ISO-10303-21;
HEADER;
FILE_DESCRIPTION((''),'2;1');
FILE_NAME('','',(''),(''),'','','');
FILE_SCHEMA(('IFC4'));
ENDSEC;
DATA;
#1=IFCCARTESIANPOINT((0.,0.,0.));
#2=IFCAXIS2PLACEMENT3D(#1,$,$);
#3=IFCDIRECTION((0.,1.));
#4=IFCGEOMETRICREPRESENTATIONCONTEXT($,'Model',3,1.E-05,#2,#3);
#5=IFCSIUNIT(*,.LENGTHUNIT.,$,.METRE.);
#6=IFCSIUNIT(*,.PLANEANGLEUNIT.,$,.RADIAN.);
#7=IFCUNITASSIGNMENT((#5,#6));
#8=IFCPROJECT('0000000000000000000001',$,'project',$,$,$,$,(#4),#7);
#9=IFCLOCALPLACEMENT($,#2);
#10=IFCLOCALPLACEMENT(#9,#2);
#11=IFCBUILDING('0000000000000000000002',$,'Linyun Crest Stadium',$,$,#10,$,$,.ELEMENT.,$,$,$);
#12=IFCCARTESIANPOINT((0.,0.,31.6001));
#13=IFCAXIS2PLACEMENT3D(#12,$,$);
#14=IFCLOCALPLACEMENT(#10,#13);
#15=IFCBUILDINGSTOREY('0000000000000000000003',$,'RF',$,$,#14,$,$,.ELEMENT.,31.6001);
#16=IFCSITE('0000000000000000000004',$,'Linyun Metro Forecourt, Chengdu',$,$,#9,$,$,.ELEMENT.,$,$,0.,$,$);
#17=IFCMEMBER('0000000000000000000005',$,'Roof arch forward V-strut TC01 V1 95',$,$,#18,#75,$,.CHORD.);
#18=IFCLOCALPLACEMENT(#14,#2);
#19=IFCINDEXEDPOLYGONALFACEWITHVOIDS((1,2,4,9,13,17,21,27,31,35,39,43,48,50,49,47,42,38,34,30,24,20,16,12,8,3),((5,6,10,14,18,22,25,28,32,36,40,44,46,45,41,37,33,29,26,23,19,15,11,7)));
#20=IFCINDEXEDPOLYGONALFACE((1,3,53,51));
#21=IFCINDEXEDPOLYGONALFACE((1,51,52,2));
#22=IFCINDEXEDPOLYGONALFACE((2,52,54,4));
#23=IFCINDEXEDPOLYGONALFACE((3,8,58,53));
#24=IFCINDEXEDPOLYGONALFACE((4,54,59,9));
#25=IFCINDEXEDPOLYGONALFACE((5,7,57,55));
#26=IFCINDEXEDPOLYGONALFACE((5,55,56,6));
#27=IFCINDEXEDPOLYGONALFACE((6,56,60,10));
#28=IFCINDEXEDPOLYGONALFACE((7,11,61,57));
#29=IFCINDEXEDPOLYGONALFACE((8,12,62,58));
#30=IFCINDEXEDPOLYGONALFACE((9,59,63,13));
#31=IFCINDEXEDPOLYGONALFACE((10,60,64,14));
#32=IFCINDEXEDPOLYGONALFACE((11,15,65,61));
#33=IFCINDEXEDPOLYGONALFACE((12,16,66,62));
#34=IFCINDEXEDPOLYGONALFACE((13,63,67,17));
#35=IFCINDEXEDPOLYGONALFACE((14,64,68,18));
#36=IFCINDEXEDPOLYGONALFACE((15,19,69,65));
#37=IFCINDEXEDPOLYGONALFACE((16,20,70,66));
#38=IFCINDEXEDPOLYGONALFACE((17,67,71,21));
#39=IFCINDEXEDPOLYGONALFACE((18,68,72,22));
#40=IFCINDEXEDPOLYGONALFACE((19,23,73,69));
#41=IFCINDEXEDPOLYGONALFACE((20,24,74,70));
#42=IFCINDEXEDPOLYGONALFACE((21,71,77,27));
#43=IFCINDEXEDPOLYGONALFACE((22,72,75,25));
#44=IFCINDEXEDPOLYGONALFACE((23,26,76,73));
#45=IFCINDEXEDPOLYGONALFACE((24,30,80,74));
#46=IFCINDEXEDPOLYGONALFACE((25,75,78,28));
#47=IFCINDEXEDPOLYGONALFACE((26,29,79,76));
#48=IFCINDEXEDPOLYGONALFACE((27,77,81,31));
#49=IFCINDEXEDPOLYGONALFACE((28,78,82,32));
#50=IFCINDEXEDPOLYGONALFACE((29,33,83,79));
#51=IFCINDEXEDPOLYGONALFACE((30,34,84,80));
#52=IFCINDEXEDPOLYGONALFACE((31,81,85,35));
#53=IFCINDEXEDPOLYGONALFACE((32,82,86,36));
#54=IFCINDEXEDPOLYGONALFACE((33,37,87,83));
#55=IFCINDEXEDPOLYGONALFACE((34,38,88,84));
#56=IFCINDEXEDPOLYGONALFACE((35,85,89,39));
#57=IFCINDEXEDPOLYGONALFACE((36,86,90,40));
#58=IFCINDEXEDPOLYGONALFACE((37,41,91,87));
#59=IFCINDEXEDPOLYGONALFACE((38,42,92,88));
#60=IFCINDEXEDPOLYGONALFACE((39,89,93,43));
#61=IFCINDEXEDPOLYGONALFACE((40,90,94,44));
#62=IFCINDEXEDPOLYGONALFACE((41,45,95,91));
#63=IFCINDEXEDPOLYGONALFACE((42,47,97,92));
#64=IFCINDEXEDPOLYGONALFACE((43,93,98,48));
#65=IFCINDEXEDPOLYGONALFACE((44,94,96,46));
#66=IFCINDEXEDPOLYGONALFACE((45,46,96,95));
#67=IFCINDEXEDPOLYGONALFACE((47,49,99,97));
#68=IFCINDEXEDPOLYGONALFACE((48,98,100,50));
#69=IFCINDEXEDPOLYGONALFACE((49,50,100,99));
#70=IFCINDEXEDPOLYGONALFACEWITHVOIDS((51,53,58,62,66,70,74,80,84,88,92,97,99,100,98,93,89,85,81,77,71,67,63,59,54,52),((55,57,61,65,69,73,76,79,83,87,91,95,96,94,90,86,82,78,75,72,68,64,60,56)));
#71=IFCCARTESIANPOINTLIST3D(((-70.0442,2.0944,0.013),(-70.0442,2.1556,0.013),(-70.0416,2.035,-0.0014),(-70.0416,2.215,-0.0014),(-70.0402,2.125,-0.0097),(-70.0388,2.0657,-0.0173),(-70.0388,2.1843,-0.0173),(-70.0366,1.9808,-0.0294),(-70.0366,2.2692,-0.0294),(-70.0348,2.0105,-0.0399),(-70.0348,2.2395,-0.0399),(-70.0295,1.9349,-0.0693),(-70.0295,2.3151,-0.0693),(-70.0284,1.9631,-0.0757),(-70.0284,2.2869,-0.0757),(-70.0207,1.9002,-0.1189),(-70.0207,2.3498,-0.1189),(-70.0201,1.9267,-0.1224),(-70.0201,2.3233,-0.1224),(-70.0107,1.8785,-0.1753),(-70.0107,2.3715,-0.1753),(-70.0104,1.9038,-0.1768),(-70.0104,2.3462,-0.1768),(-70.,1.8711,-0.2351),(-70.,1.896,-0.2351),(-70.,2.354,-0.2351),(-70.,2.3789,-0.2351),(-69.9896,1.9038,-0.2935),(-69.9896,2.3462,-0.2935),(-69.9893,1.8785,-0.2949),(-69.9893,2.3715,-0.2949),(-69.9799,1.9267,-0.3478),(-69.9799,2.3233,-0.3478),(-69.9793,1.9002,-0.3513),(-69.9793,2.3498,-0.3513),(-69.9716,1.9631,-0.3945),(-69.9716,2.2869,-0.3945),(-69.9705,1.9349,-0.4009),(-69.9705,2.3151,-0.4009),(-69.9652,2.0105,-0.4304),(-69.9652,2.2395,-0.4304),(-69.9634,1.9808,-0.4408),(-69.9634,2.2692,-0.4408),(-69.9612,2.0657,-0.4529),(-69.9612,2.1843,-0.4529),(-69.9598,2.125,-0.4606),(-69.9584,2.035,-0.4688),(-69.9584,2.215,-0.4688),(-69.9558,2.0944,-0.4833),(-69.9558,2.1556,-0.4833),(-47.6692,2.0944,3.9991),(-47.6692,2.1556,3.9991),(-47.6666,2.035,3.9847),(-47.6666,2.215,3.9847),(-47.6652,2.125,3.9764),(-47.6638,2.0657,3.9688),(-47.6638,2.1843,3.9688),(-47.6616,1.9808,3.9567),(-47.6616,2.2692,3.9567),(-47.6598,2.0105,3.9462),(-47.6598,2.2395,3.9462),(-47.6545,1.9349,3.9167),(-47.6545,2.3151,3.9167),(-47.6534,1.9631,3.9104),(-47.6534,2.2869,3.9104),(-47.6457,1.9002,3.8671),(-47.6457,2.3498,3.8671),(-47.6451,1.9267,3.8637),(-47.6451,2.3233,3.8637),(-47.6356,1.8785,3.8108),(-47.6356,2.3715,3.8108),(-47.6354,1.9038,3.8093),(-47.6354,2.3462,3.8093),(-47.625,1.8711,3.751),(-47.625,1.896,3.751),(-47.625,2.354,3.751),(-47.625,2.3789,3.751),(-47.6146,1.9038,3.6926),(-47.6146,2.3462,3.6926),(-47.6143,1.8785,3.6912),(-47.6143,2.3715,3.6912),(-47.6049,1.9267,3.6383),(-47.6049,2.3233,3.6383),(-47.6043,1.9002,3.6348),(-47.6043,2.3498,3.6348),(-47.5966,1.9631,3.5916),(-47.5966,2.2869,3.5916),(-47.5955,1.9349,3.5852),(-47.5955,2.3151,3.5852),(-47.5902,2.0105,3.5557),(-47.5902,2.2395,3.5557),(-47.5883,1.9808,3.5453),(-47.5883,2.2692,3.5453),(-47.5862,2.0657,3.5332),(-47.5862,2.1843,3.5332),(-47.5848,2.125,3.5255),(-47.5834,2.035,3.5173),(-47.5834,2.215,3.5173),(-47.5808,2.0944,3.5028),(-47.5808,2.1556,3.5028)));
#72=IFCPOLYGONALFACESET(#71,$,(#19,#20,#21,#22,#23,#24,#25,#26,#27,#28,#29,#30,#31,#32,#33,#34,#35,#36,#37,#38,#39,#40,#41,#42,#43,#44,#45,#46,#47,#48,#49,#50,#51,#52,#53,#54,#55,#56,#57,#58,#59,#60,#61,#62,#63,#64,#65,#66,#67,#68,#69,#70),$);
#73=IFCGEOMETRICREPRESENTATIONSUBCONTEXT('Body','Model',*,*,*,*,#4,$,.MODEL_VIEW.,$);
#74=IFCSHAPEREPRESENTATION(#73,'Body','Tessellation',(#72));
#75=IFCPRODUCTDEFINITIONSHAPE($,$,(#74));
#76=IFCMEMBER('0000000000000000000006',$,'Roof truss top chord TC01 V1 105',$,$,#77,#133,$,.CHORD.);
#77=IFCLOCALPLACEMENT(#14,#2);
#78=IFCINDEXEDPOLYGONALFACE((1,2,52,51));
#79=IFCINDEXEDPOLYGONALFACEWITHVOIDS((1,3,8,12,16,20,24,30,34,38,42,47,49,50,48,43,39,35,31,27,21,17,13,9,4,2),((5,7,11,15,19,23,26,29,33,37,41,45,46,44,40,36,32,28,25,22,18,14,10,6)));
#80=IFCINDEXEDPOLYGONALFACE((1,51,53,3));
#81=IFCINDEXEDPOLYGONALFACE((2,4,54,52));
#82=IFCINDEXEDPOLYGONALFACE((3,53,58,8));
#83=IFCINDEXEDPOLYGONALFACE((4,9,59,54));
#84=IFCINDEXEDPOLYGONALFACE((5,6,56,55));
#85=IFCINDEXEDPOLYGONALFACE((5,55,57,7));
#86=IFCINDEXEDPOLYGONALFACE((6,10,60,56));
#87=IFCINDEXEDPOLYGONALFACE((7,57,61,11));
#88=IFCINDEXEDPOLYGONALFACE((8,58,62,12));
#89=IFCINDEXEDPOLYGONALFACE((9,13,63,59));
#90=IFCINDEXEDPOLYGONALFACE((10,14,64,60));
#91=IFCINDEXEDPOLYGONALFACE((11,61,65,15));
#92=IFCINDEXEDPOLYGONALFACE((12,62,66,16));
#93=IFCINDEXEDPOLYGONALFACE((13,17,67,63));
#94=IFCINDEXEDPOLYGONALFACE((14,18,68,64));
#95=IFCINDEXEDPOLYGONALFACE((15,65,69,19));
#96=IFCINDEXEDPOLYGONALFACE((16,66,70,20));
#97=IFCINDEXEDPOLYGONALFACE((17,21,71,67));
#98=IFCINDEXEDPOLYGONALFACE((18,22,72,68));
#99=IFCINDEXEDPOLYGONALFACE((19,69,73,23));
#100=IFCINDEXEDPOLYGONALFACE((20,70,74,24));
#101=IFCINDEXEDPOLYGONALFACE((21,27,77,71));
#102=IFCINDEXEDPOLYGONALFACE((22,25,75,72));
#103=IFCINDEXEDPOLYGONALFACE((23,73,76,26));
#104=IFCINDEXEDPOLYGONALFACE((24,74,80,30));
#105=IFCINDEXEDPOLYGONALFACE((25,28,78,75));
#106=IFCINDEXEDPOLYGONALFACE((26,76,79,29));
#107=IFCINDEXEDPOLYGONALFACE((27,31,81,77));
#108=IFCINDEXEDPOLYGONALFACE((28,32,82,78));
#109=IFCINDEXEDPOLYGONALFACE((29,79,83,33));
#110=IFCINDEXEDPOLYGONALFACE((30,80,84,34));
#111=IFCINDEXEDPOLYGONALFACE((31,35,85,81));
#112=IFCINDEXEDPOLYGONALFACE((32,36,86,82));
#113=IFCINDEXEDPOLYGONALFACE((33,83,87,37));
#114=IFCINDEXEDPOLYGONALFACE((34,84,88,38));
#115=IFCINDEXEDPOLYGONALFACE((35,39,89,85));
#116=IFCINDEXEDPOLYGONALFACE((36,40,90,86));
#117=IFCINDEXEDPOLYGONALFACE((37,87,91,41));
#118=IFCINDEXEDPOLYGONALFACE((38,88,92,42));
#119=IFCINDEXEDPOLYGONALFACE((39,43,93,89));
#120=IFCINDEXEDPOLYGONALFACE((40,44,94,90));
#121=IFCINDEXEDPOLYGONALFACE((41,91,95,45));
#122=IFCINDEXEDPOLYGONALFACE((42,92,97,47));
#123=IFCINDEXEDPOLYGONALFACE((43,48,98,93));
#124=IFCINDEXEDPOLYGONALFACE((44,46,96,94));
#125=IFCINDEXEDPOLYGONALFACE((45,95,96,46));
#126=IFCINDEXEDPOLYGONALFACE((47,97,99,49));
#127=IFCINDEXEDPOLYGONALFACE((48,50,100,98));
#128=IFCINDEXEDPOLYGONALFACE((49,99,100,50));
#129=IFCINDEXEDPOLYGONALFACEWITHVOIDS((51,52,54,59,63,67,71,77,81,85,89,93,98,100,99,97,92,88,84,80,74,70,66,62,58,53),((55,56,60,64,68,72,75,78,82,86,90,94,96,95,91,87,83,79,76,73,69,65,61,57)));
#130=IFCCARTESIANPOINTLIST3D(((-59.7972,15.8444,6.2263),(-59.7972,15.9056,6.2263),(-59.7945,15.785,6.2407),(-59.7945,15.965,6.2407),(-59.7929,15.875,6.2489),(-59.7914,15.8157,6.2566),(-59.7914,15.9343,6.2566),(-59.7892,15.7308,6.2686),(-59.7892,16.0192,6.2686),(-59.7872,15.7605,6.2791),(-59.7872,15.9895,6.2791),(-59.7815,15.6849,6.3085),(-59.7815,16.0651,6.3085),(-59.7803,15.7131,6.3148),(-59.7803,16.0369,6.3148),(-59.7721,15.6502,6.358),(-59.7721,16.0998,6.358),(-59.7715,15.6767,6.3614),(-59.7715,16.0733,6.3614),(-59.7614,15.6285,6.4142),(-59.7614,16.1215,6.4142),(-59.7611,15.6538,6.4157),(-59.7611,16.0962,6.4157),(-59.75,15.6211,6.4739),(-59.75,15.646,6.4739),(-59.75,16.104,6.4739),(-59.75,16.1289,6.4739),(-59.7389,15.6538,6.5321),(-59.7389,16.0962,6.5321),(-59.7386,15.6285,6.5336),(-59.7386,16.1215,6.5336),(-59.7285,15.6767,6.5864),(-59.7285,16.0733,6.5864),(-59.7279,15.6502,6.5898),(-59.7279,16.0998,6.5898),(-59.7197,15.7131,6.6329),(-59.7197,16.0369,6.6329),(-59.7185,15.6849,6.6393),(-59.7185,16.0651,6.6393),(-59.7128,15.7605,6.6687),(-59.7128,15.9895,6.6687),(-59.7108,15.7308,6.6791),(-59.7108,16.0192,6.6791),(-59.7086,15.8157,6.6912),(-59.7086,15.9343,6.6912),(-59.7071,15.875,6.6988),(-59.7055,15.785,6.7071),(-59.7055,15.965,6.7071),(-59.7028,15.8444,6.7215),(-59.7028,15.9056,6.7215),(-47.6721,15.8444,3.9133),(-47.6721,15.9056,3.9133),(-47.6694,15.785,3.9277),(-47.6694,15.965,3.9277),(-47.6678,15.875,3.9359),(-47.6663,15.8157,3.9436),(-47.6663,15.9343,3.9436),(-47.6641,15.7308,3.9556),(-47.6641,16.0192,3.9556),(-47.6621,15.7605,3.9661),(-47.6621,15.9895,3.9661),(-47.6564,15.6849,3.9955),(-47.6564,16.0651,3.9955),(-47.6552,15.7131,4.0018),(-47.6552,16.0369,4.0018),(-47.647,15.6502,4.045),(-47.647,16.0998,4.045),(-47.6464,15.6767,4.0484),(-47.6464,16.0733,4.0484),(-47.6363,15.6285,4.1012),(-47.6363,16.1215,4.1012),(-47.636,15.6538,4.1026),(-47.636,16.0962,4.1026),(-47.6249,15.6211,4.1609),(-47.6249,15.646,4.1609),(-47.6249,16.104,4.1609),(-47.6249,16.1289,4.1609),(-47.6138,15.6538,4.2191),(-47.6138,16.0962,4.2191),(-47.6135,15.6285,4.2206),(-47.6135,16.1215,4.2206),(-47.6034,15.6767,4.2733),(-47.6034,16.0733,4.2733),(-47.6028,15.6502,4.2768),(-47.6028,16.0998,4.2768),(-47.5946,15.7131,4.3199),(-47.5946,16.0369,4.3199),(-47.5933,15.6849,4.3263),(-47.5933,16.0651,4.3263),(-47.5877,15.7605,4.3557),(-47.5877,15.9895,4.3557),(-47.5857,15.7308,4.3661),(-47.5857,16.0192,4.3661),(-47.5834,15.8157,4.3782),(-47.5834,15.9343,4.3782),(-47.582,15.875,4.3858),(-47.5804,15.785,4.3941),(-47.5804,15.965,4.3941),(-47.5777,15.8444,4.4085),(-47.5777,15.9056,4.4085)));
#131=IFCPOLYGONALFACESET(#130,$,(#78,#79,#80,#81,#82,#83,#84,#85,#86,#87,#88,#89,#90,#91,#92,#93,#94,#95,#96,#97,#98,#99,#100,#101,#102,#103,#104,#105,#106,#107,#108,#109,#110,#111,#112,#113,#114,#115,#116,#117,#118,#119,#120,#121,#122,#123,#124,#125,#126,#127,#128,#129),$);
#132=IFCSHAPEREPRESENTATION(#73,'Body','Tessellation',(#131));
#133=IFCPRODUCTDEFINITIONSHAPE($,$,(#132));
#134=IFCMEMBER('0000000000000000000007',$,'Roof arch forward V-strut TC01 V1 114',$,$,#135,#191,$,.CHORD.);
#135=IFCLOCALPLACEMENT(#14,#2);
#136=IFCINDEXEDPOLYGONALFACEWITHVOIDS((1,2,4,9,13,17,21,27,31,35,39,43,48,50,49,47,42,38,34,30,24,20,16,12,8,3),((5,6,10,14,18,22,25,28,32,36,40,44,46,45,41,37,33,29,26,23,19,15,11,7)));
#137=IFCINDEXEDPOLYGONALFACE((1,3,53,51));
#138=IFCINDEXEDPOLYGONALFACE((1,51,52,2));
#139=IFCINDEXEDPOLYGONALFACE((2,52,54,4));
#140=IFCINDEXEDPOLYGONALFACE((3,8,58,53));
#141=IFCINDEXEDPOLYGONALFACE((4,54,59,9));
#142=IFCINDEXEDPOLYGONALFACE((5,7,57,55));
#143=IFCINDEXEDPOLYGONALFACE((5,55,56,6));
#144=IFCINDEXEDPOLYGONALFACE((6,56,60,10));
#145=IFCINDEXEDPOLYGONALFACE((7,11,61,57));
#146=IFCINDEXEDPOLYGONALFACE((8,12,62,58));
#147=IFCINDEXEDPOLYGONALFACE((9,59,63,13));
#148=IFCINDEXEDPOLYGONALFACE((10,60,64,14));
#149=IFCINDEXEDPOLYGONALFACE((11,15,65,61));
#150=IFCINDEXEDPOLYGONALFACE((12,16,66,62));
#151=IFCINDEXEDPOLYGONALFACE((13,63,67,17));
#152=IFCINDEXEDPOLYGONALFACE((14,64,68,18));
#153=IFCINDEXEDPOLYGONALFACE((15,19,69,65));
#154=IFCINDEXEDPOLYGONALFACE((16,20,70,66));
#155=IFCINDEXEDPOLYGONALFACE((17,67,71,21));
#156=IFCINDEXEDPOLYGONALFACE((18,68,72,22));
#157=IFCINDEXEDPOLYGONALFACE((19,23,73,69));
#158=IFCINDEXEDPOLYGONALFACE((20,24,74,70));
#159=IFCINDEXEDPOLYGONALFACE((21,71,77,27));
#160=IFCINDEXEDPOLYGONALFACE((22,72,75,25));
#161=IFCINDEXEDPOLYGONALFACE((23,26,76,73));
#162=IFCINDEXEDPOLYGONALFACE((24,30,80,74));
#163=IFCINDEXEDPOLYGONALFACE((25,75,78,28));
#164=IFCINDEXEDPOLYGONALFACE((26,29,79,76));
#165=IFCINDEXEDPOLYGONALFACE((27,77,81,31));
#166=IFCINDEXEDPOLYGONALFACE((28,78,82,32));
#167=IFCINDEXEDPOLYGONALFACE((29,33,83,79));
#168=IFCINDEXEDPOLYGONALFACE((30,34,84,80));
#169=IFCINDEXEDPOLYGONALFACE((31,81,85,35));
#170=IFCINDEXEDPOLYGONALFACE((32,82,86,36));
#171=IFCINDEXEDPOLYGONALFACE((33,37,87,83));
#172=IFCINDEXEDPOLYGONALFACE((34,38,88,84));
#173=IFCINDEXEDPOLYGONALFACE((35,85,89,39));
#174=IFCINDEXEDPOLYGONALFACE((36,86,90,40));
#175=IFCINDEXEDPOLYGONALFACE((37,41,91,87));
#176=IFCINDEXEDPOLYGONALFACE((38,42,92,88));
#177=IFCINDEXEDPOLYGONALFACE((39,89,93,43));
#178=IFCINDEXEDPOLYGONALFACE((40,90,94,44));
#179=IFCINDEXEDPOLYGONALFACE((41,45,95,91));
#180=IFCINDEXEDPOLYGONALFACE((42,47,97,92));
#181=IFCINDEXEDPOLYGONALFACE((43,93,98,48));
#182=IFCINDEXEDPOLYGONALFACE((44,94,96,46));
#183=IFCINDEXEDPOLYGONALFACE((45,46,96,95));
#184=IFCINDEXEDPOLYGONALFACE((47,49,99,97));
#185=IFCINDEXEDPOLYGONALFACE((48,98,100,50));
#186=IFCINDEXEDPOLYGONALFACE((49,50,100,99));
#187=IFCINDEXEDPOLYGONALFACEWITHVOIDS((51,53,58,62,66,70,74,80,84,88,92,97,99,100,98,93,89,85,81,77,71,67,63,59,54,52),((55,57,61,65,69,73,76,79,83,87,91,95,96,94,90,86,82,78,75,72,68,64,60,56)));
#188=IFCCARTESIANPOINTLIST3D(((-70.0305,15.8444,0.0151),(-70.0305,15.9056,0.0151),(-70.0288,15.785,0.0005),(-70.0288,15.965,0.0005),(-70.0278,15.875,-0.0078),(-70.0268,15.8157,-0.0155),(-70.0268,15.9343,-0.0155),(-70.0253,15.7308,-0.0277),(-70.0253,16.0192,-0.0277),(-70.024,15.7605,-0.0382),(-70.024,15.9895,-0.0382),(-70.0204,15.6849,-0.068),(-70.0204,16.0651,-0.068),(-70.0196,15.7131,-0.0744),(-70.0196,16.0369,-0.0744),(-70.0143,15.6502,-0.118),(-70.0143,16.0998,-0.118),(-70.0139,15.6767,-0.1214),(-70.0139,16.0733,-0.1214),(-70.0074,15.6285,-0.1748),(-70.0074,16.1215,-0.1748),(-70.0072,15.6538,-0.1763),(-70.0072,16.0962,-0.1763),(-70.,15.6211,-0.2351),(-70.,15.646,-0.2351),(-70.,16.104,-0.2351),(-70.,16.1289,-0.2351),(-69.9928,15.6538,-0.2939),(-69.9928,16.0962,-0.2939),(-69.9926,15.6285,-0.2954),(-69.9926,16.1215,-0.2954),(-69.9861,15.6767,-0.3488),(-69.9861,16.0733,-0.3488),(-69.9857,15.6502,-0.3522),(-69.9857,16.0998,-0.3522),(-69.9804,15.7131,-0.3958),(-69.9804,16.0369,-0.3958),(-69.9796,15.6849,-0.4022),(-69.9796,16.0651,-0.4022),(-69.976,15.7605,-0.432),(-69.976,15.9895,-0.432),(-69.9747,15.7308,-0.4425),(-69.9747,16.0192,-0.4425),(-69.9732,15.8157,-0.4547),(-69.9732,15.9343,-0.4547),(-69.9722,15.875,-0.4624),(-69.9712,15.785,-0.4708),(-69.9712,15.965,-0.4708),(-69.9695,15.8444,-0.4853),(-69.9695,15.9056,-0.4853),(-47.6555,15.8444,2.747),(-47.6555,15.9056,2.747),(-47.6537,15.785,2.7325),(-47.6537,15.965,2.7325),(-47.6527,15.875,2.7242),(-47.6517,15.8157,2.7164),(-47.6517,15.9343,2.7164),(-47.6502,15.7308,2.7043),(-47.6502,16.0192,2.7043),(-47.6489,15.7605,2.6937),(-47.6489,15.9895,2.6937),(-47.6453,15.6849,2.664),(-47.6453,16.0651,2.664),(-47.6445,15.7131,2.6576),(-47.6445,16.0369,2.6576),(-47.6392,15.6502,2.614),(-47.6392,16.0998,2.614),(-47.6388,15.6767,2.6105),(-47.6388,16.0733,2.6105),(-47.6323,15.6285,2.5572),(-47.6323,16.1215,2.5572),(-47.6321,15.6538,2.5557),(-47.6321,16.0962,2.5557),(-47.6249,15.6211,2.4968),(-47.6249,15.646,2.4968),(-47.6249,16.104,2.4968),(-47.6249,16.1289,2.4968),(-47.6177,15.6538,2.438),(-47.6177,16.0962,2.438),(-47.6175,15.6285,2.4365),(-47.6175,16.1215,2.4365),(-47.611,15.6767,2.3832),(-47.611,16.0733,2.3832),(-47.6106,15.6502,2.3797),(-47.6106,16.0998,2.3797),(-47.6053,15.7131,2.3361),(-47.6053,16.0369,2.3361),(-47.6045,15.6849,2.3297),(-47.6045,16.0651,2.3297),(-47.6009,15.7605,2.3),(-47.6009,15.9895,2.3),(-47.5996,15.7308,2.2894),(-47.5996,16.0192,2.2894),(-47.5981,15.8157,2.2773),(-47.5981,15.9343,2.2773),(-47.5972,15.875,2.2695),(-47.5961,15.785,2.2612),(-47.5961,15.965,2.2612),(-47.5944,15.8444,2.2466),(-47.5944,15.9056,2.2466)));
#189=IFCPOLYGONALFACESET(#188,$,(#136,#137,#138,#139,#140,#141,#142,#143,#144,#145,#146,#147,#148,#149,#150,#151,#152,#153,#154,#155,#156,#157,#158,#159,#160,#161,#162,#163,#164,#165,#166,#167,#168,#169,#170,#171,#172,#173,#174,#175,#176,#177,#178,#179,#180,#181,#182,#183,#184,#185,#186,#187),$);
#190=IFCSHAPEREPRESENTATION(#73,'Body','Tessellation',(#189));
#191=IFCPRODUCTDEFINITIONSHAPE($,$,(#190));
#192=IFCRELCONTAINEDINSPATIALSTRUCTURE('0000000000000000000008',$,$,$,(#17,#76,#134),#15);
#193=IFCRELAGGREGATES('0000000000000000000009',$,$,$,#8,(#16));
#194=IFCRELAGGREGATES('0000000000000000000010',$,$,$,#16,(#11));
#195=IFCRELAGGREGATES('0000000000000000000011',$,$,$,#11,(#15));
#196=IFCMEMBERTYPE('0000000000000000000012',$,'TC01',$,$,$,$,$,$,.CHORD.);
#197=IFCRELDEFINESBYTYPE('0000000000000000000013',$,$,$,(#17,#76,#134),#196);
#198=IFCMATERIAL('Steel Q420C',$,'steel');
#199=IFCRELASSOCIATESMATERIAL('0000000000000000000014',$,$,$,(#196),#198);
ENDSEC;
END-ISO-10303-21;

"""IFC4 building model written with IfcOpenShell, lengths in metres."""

from ifc_helpers import new_model, si_unit, direction, frame, origin, origin_2d, place, context, subcontext, project, spatial, hollow_circle, extrude, material, material_profile, profile_set, type_object, element, save


model = new_model("IFC4")

# Units and contexts
model_context = context("Model", 3, precision=1e-05, world=origin(), true_north=direction((0.0, 1.0)))
body_context = subcontext(model_context, "Body", "Model", "MODEL_VIEW")
ifc_project = project(units=[si_unit("LENGTHUNIT", "METRE"), si_unit("PLANEANGLEUNIT", "RADIAN")], contexts=[model_context])

# Site, building, storey
site_placement = place(None, origin())
site = spatial("IfcSite", under=ifc_project, at=site_placement, Name="Linyun Metro Forecourt, Chengdu", CompositionType="ELEMENT", RefElevation=0.0)
building_placement = place(site_placement, origin())
building = spatial("IfcBuilding", under=site, at=building_placement, Name="Linyun Crest Stadium", CompositionType="ELEMENT")
storey_placement = place(building_placement, frame((0.0, 0.0, 31.6001)))
storey = spatial("IfcBuildingStorey", under=building, at=storey_placement, Name="RF", CompositionType="ELEMENT", Elevation=31.6001)

# Members
ifc_material_1 = material(Name="Steel Q420C", Category="steel")
ifc_material_profile_1 = material_profile(ifc_material_1, hollow_circle(Radius=0.2539, WallThickness=0.0249, at=origin_2d()), Name="CHS 508x25")
ifc_profile_set_1 = profile_set([ifc_material_profile_1], Name="Steel Q420C")
member_type_1 = type_object("IfcMemberType", Name="TC01", PredefinedType="CHORD", material=ifc_profile_set_1)
member_1_placement = place(storey_placement, frame((-70.0, 2.125, -0.2351), z_axis=(0.984499, 0.0, 0.175388), x_axis=(0.0, 1.0, 0.0)))
element("IfcMember", 1, at=member_1_placement, inside=storey, type_object=member_type_1, Name="Roof arch forward V-strut TC01 V1 95", PredefinedType="CHORD", context=body_context, shape_type="SweptSolid", body=[
    extrude(hollow_circle(Radius=0.2539, WallThickness=0.0249, at=origin_2d()), origin(), (0.0, 0.0, 1.0), 22.7273),
])
member_2_placement = place(storey_placement, frame((-59.75, 15.875, 6.4739), z_axis=(0.982287, 0.0, -0.187383), x_axis=(0.0, 1.0, 0.0)))
element("IfcMember", 2, at=member_2_placement, inside=storey, type_object=member_type_1, Name="Roof truss top chord TC01 V1 105", PredefinedType="CHORD", context=body_context, shape_type="SweptSolid", body=[
    extrude(hollow_circle(Radius=0.2539, WallThickness=0.0249, at=origin_2d()), origin(), (0.0, 0.0, 1.0), 12.3438),
])
member_3_placement = place(storey_placement, frame((-70.0, 15.875, -0.2351), z_axis=(0.992628, 0.0, 0.121198), x_axis=(0.0, 1.0, 0.0)))
element("IfcMember", 3, at=member_3_placement, inside=storey, type_object=member_type_1, Name="Roof arch forward V-strut TC01 V1 114", PredefinedType="CHORD", context=body_context, shape_type="SweptSolid", body=[
    extrude(hollow_circle(Radius=0.2539, WallThickness=0.0249, at=origin_2d()), origin(), (0.0, 0.0, 1.0), 22.5413),
])

save(model, "model.ifc")
